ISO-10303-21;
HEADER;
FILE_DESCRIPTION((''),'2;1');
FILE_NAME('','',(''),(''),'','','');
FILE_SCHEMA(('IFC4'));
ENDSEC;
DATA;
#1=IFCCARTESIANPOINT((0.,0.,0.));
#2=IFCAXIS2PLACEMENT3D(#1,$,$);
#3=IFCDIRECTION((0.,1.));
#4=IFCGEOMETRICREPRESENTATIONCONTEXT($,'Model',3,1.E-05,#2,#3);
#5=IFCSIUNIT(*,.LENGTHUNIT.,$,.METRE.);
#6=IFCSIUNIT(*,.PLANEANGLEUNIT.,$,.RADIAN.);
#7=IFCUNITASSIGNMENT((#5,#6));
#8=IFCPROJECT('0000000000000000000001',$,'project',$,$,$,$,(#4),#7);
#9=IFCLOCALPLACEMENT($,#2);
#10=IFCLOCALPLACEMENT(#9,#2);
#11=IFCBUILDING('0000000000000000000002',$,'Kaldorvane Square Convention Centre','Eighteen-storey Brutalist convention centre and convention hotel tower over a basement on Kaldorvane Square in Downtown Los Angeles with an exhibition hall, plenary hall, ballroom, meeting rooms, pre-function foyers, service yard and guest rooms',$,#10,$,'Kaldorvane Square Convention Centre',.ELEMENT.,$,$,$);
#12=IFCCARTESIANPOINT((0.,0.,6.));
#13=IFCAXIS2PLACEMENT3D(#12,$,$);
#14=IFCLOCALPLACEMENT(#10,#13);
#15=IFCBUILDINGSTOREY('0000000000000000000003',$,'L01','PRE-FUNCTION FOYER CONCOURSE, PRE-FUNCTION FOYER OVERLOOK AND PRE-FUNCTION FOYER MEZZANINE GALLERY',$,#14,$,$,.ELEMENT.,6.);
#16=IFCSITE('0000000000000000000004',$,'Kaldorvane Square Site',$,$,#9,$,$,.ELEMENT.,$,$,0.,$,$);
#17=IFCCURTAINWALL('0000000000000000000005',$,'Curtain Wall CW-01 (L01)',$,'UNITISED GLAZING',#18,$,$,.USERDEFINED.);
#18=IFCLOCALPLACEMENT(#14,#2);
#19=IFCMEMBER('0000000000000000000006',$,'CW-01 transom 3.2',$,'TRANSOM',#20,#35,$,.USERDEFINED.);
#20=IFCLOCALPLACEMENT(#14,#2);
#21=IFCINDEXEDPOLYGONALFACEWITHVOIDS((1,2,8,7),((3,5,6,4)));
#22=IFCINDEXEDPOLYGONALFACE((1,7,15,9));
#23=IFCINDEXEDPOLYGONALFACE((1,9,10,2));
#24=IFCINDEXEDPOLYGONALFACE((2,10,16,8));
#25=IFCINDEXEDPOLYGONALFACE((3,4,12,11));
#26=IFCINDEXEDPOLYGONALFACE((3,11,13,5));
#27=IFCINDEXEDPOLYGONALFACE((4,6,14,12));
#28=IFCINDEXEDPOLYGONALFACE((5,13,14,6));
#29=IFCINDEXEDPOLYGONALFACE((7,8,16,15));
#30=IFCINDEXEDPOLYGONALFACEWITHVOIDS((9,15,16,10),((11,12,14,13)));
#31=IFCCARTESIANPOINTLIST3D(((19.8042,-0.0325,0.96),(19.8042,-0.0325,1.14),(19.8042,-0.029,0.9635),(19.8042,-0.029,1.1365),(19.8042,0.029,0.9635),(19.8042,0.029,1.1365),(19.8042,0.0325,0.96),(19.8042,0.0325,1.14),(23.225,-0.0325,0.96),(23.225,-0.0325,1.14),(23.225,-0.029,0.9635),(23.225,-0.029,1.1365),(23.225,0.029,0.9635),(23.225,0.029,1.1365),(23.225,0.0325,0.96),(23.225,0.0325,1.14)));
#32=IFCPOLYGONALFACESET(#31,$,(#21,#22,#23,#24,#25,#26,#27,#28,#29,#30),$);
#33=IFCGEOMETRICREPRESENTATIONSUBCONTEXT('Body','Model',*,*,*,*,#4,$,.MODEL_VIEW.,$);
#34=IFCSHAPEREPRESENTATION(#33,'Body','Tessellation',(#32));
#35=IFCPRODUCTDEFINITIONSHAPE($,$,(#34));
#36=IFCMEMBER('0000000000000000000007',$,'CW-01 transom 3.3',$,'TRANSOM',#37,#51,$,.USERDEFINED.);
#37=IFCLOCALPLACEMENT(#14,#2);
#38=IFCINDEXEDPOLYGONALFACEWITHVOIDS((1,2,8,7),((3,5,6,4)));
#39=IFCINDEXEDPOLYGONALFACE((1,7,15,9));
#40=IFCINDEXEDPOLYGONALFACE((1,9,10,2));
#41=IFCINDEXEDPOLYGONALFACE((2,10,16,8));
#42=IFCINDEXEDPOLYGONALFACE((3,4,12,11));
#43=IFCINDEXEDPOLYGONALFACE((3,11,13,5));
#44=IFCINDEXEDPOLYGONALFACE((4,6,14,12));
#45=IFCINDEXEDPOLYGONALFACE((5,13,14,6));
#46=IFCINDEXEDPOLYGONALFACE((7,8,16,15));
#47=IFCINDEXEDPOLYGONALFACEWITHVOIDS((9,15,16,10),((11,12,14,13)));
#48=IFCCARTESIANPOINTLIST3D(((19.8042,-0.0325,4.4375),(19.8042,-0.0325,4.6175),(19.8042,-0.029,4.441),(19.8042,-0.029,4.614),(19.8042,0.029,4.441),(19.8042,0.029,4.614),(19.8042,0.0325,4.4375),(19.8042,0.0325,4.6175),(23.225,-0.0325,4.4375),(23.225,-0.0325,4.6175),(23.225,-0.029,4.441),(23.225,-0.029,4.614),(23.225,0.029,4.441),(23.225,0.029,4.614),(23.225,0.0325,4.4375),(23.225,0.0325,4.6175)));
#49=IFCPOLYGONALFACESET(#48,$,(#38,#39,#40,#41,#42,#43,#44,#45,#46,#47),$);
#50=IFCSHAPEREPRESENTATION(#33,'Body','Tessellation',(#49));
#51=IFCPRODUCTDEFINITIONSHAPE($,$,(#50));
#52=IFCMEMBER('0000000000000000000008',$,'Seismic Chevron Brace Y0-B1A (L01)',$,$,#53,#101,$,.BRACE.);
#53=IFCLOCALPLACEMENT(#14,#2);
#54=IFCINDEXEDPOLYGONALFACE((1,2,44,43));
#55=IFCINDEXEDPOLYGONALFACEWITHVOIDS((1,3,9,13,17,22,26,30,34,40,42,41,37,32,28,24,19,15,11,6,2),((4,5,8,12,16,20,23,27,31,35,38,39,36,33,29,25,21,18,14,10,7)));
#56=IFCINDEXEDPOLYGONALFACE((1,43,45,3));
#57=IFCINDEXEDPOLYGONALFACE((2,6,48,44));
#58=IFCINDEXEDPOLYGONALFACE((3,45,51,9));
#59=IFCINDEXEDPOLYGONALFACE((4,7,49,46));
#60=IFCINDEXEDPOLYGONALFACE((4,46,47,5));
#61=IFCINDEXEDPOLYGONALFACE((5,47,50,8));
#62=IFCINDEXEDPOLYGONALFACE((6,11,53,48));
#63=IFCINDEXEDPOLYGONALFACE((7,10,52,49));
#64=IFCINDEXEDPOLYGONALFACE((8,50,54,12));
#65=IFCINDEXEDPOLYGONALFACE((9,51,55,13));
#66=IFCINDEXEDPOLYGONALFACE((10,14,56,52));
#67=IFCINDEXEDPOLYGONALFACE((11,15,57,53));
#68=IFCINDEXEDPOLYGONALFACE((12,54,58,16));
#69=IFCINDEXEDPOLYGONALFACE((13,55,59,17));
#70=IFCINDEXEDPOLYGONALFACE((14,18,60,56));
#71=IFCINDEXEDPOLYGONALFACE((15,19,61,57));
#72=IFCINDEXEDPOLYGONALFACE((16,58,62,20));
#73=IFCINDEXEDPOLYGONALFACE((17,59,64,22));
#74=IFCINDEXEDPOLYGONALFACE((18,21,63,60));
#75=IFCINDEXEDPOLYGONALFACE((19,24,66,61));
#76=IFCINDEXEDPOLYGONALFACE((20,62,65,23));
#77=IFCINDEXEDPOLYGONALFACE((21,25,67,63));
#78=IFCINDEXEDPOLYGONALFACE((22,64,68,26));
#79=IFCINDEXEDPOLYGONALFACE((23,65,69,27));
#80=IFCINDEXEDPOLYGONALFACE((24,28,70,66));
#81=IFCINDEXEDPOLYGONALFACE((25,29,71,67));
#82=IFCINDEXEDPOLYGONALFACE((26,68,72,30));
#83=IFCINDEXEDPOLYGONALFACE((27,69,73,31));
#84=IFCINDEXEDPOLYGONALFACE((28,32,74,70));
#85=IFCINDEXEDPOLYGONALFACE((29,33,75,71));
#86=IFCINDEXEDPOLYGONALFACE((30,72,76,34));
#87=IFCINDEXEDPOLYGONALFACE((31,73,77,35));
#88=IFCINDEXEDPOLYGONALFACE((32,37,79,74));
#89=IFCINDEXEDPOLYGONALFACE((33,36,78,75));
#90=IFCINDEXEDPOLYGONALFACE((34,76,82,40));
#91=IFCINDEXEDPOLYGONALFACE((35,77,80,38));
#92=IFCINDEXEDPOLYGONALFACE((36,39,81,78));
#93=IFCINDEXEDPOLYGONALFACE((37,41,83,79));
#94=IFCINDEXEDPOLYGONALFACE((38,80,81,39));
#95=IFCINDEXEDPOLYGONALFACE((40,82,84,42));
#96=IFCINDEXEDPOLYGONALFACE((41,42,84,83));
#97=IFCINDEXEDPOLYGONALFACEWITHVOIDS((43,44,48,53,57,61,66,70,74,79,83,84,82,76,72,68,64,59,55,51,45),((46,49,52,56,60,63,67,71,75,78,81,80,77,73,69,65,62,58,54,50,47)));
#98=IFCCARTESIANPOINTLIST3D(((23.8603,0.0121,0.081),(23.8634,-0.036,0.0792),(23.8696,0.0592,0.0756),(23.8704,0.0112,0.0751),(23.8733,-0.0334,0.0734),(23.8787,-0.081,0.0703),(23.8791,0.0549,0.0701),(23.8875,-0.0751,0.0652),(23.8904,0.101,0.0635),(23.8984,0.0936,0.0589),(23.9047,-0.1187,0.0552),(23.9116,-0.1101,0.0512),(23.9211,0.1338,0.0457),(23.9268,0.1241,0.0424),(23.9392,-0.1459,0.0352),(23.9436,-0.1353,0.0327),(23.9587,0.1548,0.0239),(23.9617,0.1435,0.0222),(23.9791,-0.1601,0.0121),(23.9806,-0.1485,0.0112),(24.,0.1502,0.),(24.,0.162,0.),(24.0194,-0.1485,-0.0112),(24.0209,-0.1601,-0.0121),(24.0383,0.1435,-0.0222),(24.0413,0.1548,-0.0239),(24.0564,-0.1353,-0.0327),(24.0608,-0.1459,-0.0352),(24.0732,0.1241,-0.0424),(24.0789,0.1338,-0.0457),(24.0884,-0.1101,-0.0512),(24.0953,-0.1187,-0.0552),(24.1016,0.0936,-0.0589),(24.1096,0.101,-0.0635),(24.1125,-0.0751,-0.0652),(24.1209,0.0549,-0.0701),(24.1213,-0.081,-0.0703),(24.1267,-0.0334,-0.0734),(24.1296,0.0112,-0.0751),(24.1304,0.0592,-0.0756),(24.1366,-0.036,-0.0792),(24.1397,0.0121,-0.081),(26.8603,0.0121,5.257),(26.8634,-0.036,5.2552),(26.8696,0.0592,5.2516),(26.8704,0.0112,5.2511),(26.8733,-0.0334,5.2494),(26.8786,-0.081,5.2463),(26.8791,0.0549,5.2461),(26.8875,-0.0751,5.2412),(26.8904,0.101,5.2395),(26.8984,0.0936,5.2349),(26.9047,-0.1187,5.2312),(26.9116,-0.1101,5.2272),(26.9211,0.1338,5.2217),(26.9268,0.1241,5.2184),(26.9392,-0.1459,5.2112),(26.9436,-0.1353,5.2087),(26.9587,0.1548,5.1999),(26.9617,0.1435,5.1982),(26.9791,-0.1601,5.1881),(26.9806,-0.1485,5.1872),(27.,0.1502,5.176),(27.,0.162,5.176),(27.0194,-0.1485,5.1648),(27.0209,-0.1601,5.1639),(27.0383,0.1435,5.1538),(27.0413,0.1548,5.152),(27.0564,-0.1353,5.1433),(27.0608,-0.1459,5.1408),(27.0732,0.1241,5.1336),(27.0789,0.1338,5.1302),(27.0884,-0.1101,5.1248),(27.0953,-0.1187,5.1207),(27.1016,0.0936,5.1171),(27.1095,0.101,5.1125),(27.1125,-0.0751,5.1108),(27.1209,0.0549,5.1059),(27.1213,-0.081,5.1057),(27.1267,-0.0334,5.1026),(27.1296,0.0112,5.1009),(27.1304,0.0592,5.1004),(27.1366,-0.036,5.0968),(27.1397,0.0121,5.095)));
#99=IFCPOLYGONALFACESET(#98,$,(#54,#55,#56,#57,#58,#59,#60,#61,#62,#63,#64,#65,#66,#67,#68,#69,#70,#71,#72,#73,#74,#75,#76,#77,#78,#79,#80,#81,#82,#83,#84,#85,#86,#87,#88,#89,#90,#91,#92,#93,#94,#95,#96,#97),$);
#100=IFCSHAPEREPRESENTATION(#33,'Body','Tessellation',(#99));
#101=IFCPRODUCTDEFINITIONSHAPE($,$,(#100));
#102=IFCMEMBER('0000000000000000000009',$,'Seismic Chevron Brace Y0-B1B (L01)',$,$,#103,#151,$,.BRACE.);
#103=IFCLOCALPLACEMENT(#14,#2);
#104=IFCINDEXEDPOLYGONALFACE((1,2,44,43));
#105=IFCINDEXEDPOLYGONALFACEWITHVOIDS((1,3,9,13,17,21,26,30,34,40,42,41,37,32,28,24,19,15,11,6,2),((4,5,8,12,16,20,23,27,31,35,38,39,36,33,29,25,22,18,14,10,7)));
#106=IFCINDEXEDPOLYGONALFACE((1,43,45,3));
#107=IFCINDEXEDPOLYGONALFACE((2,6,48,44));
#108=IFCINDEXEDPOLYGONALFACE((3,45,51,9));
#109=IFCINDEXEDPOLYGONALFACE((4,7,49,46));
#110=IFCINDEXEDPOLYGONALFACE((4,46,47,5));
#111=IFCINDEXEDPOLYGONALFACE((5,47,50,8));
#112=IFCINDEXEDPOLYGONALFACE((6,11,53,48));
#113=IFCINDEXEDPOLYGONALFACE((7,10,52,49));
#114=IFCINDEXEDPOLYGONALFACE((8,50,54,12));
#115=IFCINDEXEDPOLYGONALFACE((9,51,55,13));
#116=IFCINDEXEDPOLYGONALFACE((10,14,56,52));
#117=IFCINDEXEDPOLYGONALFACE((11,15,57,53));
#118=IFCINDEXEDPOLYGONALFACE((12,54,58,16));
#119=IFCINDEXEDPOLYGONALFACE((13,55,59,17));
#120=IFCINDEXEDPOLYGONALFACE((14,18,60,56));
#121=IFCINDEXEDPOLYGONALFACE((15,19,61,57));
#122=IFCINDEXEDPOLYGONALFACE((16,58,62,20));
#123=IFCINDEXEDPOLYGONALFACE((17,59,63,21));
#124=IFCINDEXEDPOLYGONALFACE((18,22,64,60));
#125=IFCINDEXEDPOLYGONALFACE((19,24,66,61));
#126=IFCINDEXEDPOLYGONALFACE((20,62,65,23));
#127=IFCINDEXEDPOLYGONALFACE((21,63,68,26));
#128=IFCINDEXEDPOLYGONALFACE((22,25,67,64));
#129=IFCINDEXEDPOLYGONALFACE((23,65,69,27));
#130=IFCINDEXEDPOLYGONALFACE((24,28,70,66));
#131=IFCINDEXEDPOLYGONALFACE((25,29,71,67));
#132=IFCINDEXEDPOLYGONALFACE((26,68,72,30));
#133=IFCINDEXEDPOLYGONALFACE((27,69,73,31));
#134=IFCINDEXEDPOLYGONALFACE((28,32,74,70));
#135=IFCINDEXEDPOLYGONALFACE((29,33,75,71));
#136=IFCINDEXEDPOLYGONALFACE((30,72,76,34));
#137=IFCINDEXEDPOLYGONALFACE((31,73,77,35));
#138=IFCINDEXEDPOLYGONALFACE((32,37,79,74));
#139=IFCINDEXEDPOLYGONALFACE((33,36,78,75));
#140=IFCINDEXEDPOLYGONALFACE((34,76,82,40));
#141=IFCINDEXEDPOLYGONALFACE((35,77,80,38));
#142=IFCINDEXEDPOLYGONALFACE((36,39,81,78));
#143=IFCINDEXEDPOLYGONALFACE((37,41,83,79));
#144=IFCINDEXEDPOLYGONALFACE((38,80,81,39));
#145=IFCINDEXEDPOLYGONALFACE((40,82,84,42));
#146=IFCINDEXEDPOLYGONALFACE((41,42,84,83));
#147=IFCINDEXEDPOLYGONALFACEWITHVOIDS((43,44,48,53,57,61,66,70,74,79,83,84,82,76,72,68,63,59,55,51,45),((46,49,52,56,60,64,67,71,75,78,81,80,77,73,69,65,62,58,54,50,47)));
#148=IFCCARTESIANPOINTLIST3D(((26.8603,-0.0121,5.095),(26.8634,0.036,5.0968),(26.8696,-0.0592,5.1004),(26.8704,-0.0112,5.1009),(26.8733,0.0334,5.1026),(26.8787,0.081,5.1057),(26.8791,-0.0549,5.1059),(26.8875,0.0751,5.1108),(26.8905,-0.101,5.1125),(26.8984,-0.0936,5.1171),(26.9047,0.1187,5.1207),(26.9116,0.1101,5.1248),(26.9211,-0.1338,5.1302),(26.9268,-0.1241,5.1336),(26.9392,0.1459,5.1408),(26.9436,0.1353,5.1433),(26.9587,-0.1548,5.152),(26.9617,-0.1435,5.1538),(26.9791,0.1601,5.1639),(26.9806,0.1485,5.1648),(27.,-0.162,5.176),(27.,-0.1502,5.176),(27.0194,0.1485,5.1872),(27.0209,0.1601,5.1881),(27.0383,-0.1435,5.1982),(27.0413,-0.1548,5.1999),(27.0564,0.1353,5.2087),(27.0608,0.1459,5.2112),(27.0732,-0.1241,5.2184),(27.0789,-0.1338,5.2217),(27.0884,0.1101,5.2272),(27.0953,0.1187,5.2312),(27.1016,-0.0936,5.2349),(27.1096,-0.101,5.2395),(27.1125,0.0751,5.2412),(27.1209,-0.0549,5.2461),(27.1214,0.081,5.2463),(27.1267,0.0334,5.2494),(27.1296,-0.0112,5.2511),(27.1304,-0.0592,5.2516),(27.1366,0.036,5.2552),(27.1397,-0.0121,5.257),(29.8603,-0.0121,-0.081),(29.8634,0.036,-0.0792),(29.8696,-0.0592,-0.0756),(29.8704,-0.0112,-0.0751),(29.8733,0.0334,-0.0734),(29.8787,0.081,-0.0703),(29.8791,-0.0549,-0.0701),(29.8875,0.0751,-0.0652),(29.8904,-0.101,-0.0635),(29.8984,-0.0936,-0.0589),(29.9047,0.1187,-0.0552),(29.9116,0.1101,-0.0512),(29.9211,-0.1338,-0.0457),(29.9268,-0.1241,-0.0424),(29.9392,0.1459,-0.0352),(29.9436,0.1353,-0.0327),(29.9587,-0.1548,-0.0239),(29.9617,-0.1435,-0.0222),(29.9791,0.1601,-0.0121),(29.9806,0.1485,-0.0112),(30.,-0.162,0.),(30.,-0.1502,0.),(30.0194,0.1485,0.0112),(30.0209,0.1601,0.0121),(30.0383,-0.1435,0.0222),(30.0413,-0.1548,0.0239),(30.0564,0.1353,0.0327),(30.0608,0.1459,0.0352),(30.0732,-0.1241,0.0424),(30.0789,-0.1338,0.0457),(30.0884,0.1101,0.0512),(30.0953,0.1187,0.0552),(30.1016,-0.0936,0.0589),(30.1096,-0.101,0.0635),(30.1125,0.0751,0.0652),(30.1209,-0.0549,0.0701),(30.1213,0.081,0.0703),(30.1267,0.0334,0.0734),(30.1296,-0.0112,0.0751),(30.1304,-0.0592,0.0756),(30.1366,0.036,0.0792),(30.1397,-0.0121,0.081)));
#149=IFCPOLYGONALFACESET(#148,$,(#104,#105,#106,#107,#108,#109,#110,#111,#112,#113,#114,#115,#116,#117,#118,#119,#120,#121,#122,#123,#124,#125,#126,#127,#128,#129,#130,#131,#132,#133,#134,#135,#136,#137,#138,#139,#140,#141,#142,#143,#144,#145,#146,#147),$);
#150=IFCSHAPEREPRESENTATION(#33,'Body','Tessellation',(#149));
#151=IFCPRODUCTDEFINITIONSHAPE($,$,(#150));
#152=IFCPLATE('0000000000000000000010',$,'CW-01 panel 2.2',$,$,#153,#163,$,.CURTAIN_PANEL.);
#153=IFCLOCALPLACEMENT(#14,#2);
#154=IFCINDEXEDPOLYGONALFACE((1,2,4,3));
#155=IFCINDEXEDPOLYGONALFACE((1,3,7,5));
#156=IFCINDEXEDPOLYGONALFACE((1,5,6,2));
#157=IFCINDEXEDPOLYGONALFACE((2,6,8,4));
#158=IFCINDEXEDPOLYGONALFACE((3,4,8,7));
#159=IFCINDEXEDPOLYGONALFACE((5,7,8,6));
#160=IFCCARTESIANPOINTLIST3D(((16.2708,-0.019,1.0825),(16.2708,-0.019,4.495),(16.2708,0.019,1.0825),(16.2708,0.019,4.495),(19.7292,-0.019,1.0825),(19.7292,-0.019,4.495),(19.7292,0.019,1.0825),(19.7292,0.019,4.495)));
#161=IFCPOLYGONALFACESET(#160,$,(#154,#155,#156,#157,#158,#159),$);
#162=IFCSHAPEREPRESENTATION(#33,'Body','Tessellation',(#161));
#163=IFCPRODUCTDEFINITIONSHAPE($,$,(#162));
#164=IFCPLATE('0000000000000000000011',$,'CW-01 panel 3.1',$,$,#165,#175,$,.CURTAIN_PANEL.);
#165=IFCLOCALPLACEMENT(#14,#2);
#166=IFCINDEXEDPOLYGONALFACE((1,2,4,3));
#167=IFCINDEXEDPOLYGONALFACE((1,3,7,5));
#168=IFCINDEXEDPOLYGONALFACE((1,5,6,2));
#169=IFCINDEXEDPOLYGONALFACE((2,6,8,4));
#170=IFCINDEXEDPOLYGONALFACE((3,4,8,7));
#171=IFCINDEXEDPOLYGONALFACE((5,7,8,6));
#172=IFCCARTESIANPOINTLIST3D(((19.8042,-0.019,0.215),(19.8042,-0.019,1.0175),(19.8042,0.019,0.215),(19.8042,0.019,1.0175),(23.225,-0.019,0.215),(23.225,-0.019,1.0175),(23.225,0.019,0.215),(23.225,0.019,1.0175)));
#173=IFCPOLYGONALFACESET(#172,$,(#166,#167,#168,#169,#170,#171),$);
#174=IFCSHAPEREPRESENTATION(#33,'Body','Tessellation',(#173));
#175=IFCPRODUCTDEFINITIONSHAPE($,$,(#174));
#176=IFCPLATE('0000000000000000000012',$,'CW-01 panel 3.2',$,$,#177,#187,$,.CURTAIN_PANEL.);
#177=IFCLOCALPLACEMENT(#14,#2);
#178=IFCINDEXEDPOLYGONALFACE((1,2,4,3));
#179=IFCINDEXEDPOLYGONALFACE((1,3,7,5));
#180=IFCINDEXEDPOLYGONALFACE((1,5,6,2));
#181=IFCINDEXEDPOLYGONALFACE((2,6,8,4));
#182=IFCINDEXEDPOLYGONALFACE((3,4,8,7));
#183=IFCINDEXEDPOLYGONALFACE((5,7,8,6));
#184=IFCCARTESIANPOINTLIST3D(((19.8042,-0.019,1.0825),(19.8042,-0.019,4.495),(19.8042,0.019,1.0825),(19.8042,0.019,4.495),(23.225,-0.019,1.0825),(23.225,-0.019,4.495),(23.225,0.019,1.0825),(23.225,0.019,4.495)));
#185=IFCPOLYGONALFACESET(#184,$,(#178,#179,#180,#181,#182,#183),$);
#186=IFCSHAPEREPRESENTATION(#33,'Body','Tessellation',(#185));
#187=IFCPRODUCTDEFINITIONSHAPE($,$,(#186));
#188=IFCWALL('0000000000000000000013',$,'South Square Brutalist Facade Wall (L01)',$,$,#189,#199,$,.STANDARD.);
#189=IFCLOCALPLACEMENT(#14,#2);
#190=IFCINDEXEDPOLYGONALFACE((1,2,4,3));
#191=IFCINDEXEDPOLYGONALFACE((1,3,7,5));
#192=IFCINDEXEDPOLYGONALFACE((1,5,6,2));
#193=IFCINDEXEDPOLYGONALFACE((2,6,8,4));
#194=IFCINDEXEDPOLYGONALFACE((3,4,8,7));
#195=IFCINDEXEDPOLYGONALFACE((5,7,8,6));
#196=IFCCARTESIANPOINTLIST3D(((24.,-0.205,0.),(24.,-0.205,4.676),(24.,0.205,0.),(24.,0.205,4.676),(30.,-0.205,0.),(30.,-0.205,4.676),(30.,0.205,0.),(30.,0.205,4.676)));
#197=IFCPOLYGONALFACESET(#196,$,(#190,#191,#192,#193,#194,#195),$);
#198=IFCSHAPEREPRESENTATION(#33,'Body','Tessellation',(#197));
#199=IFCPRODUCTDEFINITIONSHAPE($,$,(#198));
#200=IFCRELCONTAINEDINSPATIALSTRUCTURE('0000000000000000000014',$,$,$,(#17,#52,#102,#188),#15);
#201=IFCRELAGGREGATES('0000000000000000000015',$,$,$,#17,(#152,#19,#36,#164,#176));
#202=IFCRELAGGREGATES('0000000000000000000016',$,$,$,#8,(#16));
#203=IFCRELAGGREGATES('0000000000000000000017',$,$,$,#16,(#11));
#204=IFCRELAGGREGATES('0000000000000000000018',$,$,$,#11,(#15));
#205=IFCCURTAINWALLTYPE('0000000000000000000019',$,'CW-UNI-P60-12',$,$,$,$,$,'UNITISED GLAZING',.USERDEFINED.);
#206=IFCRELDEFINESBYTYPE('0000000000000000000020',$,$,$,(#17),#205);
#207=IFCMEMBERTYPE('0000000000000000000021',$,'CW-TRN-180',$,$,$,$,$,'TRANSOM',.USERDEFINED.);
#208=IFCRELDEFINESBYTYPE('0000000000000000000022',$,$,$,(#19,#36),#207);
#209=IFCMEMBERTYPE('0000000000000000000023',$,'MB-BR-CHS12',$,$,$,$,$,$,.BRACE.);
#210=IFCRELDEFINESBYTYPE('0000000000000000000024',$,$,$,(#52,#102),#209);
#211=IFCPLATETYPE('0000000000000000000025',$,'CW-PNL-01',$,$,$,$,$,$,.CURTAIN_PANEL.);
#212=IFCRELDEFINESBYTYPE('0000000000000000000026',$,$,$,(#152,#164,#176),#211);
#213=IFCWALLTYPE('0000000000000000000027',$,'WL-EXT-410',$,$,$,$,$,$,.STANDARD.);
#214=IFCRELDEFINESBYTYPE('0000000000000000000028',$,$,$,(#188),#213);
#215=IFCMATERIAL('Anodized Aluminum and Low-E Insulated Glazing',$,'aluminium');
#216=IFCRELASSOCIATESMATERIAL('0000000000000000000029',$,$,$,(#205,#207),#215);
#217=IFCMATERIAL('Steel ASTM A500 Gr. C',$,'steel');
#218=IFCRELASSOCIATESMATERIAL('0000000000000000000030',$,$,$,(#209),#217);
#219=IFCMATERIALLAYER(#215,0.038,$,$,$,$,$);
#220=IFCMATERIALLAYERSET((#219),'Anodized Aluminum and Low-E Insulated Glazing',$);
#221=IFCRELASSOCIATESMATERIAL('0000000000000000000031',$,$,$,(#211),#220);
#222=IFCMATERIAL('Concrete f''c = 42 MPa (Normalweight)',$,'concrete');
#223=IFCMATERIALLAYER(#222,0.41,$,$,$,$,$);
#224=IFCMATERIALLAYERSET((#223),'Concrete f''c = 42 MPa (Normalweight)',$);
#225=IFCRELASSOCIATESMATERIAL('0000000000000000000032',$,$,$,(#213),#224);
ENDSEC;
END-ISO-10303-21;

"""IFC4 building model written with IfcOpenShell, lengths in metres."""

from ifc_helpers import new_model, si_unit, direction, frame, frame_2d, origin, origin_2d, place, context, subcontext, project, spatial, rectangle, hollow_rectangle, hollow_circle, extrude, material, layer, layer_set, material_profile, profile_set, type_object, element, aggregate, save


model = new_model("IFC4")

# Units and contexts
model_context = context("Model", 3, precision=1e-05, world=origin(), true_north=direction((0.0, 1.0)))
body_context = subcontext(model_context, "Body", "Model", "MODEL_VIEW")
ifc_project = project(units=[si_unit("LENGTHUNIT", "METRE"), si_unit("PLANEANGLEUNIT", "RADIAN")], contexts=[model_context])

# Site, building, storey
site_placement = place(None, origin())
site = spatial("IfcSite", under=ifc_project, at=site_placement, Name="Kaldorvane Square Site", CompositionType="ELEMENT", RefElevation=0.0)
building_placement = place(site_placement, origin())
building = spatial("IfcBuilding", under=site, at=building_placement, Name="Kaldorvane Square Convention Centre", Description="Eighteen-storey Brutalist convention centre and convention hotel tower over a basement on Kaldorvane Square in Downtown Los Angeles with an exhibition hall, plenary hall, ballroom, meeting rooms, pre-function foyers, service yard and guest rooms", LongName="Kaldorvane Square Convention Centre", CompositionType="ELEMENT")
storey_placement = place(building_placement, frame((0.0, 0.0, 6.0)))
storey = spatial("IfcBuildingStorey", under=building, at=storey_placement, Name="L01", Description="PRE-FUNCTION FOYER CONCOURSE, PRE-FUNCTION FOYER OVERLOOK AND PRE-FUNCTION FOYER MEZZANINE GALLERY", CompositionType="ELEMENT", Elevation=6.0)

# Shared definitions
ifc_material_1 = material(Name="Concrete f'c = 42 MPa (Normalweight)", Category="concrete")

# Curtain wall, members
ifc_material_2 = material(Name="Anodized Aluminum and Low-E Insulated Glazing", Category="aluminium")
curtain_wall_type = type_object("IfcCurtainWallType", Name="CW-UNI-P60-12", ElementType="UNITISED GLAZING", PredefinedType="USERDEFINED", material=ifc_material_2)
curtain_wall_placement = place(storey_placement, origin())
curtain_wall = element("IfcCurtainWall", 1, at=curtain_wall_placement, inside=storey, type_object=curtain_wall_type, Name="Curtain Wall CW-01 (L01)", ObjectType="UNITISED GLAZING", PredefinedType="USERDEFINED")
ifc_material_profile_1 = material_profile(ifc_material_2, hollow_rectangle(XDim=0.065, YDim=0.18, WallThickness=0.0035, at=origin_2d()), Name="CWT-180X65")
ifc_profile_set_1 = profile_set([ifc_material_profile_1], Name="Anodized Aluminum and Low-E Insulated Glazing")
member_type_1 = type_object("IfcMemberType", Name="CW-TRN-180", ElementType="TRANSOM", PredefinedType="USERDEFINED", material=ifc_profile_set_1)
member_1_placement = place(storey_placement, frame((19.8042, 0.0, 1.05), z_axis=(1.0, 0.0, 0.0), x_axis=(0.0, 1.0, 0.0)))
member_1 = element("IfcMember", 2, at=member_1_placement, type_object=member_type_1, Name="CW-01 transom 3.2", ObjectType="TRANSOM", PredefinedType="USERDEFINED", context=body_context, shape_type="SweptSolid", body=[
    extrude(hollow_rectangle(XDim=0.065, YDim=0.18, WallThickness=0.0035, at=origin_2d()), origin(), (0.0, 0.0, 1.0), 3.4208),
])
member_2_placement = place(storey_placement, frame((19.8042, 0.0, 4.5275), z_axis=(1.0, 0.0, 0.0), x_axis=(0.0, 1.0, 0.0)))
member_2 = element("IfcMember", 3, at=member_2_placement, type_object=member_type_1, Name="CW-01 transom 3.3", ObjectType="TRANSOM", PredefinedType="USERDEFINED", context=body_context, shape_type="SweptSolid", body=[
    extrude(hollow_rectangle(XDim=0.065, YDim=0.18, WallThickness=0.0035, at=origin_2d()), origin(), (0.0, 0.0, 1.0), 3.4208),
])

# Members
ifc_material_3 = material(Name="Steel ASTM A500 Gr. C", Category="steel")
ifc_material_profile_2 = material_profile(ifc_material_3, hollow_circle(Radius=0.162, WallThickness=0.0118, at=origin_2d()), Name="HSS12.750X0.500")
ifc_profile_set_2 = profile_set([ifc_material_profile_2], Name="Steel ASTM A500 Gr. C")
member_type_2 = type_object("IfcMemberType", Name="MB-BR-CHS12", PredefinedType="BRACE", material=ifc_profile_set_2)
for number, where, z_axis, x_axis, name in (
    (4, (24.0, 0.0, 0.0), (0.501458, 0.0, 0.865182), (0.0, 1.0, 0.0), "Seismic Chevron Brace Y0-B1A (L01)"),
    (5, (30.0, 0.0, 0.0), (-0.501458, 0.0, 0.865182), (0.0, -1.0, 0.0), "Seismic Chevron Brace Y0-B1B (L01)"),
):
    element("IfcMember", number, at=place(storey_placement, frame(where, z_axis=z_axis, x_axis=x_axis)), inside=storey, type_object=member_type_2, Name=name, PredefinedType="BRACE", context=body_context, shape_type="SweptSolid", body=[
        extrude(hollow_circle(Radius=0.162, WallThickness=0.0118, at=origin_2d()), origin(), (0.0, 0.0, 1.0), 5.9825),
    ])

# Plates
ifc_layer_1 = layer(ifc_material_2, 0.038)
ifc_layer_set_1 = layer_set([ifc_layer_1], Name="Anodized Aluminum and Low-E Insulated Glazing")
plate_type = type_object("IfcPlateType", Name="CW-PNL-01", PredefinedType="CURTAIN_PANEL", material=ifc_layer_set_1)
plate_1_placement = place(storey_placement, frame((18.0, 0.0, 1.0825), z_axis=(0.0, 0.0, 1.0), x_axis=(1.0, 0.0, 0.0)))
plate_1 = element("IfcPlate", 6, at=plate_1_placement, type_object=plate_type, Name="CW-01 panel 2.2", PredefinedType="CURTAIN_PANEL", context=body_context, shape_type="SweptSolid", body=[
    extrude(rectangle(XDim=3.4583, YDim=0.038, at=origin_2d()), origin(), (0.0, 0.0, 1.0), 3.4125),
])
plate_2_placement = place(storey_placement, frame((21.5146, 0.0, 0.215), z_axis=(0.0, 0.0, 1.0), x_axis=(1.0, 0.0, 0.0)))
plate_2 = element("IfcPlate", 7, at=plate_2_placement, type_object=plate_type, Name="CW-01 panel 3.1", PredefinedType="CURTAIN_PANEL", context=body_context, shape_type="SweptSolid", body=[
    extrude(rectangle(XDim=3.4208, YDim=0.038, at=origin_2d()), origin(), (0.0, 0.0, 1.0), 0.8025),
])
plate_3_placement = place(storey_placement, frame((21.5146, 0.0, 1.0825), z_axis=(0.0, 0.0, 1.0), x_axis=(1.0, 0.0, 0.0)))
plate_3 = element("IfcPlate", 8, at=plate_3_placement, type_object=plate_type, Name="CW-01 panel 3.2", PredefinedType="CURTAIN_PANEL", context=body_context, shape_type="SweptSolid", body=[
    extrude(rectangle(XDim=3.4208, YDim=0.038, at=origin_2d()), origin(), (0.0, 0.0, 1.0), 3.4125),
])
aggregate(curtain_wall, [plate_1, member_1, member_2, plate_2, plate_3])

# Wall
ifc_layer_2 = layer(ifc_material_1, 0.41)
ifc_layer_set_2 = layer_set([ifc_layer_2], Name="Concrete f'c = 42 MPa (Normalweight)")
wall_type_1 = type_object("IfcWallType", Name="WL-EXT-410", PredefinedType="STANDARD", material=ifc_layer_set_2)
wall_1_placement = place(storey_placement, frame((24.0, 0.0, 0.0), z_axis=(0.0, 0.0, 1.0), x_axis=(1.0, 0.0, 0.0)))
element("IfcWall", 9, at=wall_1_placement, inside=storey, type_object=wall_type_1, Name="South Square Brutalist Facade Wall (L01)", PredefinedType="STANDARD", context=body_context, shape_type="SweptSolid", body=[
    extrude(rectangle(XDim=6.0, YDim=0.41, at=frame_2d((3.0, 0.0))), origin(), (0.0, 0.0, 1.0), 4.676),
])

save(model, "model.ifc")
